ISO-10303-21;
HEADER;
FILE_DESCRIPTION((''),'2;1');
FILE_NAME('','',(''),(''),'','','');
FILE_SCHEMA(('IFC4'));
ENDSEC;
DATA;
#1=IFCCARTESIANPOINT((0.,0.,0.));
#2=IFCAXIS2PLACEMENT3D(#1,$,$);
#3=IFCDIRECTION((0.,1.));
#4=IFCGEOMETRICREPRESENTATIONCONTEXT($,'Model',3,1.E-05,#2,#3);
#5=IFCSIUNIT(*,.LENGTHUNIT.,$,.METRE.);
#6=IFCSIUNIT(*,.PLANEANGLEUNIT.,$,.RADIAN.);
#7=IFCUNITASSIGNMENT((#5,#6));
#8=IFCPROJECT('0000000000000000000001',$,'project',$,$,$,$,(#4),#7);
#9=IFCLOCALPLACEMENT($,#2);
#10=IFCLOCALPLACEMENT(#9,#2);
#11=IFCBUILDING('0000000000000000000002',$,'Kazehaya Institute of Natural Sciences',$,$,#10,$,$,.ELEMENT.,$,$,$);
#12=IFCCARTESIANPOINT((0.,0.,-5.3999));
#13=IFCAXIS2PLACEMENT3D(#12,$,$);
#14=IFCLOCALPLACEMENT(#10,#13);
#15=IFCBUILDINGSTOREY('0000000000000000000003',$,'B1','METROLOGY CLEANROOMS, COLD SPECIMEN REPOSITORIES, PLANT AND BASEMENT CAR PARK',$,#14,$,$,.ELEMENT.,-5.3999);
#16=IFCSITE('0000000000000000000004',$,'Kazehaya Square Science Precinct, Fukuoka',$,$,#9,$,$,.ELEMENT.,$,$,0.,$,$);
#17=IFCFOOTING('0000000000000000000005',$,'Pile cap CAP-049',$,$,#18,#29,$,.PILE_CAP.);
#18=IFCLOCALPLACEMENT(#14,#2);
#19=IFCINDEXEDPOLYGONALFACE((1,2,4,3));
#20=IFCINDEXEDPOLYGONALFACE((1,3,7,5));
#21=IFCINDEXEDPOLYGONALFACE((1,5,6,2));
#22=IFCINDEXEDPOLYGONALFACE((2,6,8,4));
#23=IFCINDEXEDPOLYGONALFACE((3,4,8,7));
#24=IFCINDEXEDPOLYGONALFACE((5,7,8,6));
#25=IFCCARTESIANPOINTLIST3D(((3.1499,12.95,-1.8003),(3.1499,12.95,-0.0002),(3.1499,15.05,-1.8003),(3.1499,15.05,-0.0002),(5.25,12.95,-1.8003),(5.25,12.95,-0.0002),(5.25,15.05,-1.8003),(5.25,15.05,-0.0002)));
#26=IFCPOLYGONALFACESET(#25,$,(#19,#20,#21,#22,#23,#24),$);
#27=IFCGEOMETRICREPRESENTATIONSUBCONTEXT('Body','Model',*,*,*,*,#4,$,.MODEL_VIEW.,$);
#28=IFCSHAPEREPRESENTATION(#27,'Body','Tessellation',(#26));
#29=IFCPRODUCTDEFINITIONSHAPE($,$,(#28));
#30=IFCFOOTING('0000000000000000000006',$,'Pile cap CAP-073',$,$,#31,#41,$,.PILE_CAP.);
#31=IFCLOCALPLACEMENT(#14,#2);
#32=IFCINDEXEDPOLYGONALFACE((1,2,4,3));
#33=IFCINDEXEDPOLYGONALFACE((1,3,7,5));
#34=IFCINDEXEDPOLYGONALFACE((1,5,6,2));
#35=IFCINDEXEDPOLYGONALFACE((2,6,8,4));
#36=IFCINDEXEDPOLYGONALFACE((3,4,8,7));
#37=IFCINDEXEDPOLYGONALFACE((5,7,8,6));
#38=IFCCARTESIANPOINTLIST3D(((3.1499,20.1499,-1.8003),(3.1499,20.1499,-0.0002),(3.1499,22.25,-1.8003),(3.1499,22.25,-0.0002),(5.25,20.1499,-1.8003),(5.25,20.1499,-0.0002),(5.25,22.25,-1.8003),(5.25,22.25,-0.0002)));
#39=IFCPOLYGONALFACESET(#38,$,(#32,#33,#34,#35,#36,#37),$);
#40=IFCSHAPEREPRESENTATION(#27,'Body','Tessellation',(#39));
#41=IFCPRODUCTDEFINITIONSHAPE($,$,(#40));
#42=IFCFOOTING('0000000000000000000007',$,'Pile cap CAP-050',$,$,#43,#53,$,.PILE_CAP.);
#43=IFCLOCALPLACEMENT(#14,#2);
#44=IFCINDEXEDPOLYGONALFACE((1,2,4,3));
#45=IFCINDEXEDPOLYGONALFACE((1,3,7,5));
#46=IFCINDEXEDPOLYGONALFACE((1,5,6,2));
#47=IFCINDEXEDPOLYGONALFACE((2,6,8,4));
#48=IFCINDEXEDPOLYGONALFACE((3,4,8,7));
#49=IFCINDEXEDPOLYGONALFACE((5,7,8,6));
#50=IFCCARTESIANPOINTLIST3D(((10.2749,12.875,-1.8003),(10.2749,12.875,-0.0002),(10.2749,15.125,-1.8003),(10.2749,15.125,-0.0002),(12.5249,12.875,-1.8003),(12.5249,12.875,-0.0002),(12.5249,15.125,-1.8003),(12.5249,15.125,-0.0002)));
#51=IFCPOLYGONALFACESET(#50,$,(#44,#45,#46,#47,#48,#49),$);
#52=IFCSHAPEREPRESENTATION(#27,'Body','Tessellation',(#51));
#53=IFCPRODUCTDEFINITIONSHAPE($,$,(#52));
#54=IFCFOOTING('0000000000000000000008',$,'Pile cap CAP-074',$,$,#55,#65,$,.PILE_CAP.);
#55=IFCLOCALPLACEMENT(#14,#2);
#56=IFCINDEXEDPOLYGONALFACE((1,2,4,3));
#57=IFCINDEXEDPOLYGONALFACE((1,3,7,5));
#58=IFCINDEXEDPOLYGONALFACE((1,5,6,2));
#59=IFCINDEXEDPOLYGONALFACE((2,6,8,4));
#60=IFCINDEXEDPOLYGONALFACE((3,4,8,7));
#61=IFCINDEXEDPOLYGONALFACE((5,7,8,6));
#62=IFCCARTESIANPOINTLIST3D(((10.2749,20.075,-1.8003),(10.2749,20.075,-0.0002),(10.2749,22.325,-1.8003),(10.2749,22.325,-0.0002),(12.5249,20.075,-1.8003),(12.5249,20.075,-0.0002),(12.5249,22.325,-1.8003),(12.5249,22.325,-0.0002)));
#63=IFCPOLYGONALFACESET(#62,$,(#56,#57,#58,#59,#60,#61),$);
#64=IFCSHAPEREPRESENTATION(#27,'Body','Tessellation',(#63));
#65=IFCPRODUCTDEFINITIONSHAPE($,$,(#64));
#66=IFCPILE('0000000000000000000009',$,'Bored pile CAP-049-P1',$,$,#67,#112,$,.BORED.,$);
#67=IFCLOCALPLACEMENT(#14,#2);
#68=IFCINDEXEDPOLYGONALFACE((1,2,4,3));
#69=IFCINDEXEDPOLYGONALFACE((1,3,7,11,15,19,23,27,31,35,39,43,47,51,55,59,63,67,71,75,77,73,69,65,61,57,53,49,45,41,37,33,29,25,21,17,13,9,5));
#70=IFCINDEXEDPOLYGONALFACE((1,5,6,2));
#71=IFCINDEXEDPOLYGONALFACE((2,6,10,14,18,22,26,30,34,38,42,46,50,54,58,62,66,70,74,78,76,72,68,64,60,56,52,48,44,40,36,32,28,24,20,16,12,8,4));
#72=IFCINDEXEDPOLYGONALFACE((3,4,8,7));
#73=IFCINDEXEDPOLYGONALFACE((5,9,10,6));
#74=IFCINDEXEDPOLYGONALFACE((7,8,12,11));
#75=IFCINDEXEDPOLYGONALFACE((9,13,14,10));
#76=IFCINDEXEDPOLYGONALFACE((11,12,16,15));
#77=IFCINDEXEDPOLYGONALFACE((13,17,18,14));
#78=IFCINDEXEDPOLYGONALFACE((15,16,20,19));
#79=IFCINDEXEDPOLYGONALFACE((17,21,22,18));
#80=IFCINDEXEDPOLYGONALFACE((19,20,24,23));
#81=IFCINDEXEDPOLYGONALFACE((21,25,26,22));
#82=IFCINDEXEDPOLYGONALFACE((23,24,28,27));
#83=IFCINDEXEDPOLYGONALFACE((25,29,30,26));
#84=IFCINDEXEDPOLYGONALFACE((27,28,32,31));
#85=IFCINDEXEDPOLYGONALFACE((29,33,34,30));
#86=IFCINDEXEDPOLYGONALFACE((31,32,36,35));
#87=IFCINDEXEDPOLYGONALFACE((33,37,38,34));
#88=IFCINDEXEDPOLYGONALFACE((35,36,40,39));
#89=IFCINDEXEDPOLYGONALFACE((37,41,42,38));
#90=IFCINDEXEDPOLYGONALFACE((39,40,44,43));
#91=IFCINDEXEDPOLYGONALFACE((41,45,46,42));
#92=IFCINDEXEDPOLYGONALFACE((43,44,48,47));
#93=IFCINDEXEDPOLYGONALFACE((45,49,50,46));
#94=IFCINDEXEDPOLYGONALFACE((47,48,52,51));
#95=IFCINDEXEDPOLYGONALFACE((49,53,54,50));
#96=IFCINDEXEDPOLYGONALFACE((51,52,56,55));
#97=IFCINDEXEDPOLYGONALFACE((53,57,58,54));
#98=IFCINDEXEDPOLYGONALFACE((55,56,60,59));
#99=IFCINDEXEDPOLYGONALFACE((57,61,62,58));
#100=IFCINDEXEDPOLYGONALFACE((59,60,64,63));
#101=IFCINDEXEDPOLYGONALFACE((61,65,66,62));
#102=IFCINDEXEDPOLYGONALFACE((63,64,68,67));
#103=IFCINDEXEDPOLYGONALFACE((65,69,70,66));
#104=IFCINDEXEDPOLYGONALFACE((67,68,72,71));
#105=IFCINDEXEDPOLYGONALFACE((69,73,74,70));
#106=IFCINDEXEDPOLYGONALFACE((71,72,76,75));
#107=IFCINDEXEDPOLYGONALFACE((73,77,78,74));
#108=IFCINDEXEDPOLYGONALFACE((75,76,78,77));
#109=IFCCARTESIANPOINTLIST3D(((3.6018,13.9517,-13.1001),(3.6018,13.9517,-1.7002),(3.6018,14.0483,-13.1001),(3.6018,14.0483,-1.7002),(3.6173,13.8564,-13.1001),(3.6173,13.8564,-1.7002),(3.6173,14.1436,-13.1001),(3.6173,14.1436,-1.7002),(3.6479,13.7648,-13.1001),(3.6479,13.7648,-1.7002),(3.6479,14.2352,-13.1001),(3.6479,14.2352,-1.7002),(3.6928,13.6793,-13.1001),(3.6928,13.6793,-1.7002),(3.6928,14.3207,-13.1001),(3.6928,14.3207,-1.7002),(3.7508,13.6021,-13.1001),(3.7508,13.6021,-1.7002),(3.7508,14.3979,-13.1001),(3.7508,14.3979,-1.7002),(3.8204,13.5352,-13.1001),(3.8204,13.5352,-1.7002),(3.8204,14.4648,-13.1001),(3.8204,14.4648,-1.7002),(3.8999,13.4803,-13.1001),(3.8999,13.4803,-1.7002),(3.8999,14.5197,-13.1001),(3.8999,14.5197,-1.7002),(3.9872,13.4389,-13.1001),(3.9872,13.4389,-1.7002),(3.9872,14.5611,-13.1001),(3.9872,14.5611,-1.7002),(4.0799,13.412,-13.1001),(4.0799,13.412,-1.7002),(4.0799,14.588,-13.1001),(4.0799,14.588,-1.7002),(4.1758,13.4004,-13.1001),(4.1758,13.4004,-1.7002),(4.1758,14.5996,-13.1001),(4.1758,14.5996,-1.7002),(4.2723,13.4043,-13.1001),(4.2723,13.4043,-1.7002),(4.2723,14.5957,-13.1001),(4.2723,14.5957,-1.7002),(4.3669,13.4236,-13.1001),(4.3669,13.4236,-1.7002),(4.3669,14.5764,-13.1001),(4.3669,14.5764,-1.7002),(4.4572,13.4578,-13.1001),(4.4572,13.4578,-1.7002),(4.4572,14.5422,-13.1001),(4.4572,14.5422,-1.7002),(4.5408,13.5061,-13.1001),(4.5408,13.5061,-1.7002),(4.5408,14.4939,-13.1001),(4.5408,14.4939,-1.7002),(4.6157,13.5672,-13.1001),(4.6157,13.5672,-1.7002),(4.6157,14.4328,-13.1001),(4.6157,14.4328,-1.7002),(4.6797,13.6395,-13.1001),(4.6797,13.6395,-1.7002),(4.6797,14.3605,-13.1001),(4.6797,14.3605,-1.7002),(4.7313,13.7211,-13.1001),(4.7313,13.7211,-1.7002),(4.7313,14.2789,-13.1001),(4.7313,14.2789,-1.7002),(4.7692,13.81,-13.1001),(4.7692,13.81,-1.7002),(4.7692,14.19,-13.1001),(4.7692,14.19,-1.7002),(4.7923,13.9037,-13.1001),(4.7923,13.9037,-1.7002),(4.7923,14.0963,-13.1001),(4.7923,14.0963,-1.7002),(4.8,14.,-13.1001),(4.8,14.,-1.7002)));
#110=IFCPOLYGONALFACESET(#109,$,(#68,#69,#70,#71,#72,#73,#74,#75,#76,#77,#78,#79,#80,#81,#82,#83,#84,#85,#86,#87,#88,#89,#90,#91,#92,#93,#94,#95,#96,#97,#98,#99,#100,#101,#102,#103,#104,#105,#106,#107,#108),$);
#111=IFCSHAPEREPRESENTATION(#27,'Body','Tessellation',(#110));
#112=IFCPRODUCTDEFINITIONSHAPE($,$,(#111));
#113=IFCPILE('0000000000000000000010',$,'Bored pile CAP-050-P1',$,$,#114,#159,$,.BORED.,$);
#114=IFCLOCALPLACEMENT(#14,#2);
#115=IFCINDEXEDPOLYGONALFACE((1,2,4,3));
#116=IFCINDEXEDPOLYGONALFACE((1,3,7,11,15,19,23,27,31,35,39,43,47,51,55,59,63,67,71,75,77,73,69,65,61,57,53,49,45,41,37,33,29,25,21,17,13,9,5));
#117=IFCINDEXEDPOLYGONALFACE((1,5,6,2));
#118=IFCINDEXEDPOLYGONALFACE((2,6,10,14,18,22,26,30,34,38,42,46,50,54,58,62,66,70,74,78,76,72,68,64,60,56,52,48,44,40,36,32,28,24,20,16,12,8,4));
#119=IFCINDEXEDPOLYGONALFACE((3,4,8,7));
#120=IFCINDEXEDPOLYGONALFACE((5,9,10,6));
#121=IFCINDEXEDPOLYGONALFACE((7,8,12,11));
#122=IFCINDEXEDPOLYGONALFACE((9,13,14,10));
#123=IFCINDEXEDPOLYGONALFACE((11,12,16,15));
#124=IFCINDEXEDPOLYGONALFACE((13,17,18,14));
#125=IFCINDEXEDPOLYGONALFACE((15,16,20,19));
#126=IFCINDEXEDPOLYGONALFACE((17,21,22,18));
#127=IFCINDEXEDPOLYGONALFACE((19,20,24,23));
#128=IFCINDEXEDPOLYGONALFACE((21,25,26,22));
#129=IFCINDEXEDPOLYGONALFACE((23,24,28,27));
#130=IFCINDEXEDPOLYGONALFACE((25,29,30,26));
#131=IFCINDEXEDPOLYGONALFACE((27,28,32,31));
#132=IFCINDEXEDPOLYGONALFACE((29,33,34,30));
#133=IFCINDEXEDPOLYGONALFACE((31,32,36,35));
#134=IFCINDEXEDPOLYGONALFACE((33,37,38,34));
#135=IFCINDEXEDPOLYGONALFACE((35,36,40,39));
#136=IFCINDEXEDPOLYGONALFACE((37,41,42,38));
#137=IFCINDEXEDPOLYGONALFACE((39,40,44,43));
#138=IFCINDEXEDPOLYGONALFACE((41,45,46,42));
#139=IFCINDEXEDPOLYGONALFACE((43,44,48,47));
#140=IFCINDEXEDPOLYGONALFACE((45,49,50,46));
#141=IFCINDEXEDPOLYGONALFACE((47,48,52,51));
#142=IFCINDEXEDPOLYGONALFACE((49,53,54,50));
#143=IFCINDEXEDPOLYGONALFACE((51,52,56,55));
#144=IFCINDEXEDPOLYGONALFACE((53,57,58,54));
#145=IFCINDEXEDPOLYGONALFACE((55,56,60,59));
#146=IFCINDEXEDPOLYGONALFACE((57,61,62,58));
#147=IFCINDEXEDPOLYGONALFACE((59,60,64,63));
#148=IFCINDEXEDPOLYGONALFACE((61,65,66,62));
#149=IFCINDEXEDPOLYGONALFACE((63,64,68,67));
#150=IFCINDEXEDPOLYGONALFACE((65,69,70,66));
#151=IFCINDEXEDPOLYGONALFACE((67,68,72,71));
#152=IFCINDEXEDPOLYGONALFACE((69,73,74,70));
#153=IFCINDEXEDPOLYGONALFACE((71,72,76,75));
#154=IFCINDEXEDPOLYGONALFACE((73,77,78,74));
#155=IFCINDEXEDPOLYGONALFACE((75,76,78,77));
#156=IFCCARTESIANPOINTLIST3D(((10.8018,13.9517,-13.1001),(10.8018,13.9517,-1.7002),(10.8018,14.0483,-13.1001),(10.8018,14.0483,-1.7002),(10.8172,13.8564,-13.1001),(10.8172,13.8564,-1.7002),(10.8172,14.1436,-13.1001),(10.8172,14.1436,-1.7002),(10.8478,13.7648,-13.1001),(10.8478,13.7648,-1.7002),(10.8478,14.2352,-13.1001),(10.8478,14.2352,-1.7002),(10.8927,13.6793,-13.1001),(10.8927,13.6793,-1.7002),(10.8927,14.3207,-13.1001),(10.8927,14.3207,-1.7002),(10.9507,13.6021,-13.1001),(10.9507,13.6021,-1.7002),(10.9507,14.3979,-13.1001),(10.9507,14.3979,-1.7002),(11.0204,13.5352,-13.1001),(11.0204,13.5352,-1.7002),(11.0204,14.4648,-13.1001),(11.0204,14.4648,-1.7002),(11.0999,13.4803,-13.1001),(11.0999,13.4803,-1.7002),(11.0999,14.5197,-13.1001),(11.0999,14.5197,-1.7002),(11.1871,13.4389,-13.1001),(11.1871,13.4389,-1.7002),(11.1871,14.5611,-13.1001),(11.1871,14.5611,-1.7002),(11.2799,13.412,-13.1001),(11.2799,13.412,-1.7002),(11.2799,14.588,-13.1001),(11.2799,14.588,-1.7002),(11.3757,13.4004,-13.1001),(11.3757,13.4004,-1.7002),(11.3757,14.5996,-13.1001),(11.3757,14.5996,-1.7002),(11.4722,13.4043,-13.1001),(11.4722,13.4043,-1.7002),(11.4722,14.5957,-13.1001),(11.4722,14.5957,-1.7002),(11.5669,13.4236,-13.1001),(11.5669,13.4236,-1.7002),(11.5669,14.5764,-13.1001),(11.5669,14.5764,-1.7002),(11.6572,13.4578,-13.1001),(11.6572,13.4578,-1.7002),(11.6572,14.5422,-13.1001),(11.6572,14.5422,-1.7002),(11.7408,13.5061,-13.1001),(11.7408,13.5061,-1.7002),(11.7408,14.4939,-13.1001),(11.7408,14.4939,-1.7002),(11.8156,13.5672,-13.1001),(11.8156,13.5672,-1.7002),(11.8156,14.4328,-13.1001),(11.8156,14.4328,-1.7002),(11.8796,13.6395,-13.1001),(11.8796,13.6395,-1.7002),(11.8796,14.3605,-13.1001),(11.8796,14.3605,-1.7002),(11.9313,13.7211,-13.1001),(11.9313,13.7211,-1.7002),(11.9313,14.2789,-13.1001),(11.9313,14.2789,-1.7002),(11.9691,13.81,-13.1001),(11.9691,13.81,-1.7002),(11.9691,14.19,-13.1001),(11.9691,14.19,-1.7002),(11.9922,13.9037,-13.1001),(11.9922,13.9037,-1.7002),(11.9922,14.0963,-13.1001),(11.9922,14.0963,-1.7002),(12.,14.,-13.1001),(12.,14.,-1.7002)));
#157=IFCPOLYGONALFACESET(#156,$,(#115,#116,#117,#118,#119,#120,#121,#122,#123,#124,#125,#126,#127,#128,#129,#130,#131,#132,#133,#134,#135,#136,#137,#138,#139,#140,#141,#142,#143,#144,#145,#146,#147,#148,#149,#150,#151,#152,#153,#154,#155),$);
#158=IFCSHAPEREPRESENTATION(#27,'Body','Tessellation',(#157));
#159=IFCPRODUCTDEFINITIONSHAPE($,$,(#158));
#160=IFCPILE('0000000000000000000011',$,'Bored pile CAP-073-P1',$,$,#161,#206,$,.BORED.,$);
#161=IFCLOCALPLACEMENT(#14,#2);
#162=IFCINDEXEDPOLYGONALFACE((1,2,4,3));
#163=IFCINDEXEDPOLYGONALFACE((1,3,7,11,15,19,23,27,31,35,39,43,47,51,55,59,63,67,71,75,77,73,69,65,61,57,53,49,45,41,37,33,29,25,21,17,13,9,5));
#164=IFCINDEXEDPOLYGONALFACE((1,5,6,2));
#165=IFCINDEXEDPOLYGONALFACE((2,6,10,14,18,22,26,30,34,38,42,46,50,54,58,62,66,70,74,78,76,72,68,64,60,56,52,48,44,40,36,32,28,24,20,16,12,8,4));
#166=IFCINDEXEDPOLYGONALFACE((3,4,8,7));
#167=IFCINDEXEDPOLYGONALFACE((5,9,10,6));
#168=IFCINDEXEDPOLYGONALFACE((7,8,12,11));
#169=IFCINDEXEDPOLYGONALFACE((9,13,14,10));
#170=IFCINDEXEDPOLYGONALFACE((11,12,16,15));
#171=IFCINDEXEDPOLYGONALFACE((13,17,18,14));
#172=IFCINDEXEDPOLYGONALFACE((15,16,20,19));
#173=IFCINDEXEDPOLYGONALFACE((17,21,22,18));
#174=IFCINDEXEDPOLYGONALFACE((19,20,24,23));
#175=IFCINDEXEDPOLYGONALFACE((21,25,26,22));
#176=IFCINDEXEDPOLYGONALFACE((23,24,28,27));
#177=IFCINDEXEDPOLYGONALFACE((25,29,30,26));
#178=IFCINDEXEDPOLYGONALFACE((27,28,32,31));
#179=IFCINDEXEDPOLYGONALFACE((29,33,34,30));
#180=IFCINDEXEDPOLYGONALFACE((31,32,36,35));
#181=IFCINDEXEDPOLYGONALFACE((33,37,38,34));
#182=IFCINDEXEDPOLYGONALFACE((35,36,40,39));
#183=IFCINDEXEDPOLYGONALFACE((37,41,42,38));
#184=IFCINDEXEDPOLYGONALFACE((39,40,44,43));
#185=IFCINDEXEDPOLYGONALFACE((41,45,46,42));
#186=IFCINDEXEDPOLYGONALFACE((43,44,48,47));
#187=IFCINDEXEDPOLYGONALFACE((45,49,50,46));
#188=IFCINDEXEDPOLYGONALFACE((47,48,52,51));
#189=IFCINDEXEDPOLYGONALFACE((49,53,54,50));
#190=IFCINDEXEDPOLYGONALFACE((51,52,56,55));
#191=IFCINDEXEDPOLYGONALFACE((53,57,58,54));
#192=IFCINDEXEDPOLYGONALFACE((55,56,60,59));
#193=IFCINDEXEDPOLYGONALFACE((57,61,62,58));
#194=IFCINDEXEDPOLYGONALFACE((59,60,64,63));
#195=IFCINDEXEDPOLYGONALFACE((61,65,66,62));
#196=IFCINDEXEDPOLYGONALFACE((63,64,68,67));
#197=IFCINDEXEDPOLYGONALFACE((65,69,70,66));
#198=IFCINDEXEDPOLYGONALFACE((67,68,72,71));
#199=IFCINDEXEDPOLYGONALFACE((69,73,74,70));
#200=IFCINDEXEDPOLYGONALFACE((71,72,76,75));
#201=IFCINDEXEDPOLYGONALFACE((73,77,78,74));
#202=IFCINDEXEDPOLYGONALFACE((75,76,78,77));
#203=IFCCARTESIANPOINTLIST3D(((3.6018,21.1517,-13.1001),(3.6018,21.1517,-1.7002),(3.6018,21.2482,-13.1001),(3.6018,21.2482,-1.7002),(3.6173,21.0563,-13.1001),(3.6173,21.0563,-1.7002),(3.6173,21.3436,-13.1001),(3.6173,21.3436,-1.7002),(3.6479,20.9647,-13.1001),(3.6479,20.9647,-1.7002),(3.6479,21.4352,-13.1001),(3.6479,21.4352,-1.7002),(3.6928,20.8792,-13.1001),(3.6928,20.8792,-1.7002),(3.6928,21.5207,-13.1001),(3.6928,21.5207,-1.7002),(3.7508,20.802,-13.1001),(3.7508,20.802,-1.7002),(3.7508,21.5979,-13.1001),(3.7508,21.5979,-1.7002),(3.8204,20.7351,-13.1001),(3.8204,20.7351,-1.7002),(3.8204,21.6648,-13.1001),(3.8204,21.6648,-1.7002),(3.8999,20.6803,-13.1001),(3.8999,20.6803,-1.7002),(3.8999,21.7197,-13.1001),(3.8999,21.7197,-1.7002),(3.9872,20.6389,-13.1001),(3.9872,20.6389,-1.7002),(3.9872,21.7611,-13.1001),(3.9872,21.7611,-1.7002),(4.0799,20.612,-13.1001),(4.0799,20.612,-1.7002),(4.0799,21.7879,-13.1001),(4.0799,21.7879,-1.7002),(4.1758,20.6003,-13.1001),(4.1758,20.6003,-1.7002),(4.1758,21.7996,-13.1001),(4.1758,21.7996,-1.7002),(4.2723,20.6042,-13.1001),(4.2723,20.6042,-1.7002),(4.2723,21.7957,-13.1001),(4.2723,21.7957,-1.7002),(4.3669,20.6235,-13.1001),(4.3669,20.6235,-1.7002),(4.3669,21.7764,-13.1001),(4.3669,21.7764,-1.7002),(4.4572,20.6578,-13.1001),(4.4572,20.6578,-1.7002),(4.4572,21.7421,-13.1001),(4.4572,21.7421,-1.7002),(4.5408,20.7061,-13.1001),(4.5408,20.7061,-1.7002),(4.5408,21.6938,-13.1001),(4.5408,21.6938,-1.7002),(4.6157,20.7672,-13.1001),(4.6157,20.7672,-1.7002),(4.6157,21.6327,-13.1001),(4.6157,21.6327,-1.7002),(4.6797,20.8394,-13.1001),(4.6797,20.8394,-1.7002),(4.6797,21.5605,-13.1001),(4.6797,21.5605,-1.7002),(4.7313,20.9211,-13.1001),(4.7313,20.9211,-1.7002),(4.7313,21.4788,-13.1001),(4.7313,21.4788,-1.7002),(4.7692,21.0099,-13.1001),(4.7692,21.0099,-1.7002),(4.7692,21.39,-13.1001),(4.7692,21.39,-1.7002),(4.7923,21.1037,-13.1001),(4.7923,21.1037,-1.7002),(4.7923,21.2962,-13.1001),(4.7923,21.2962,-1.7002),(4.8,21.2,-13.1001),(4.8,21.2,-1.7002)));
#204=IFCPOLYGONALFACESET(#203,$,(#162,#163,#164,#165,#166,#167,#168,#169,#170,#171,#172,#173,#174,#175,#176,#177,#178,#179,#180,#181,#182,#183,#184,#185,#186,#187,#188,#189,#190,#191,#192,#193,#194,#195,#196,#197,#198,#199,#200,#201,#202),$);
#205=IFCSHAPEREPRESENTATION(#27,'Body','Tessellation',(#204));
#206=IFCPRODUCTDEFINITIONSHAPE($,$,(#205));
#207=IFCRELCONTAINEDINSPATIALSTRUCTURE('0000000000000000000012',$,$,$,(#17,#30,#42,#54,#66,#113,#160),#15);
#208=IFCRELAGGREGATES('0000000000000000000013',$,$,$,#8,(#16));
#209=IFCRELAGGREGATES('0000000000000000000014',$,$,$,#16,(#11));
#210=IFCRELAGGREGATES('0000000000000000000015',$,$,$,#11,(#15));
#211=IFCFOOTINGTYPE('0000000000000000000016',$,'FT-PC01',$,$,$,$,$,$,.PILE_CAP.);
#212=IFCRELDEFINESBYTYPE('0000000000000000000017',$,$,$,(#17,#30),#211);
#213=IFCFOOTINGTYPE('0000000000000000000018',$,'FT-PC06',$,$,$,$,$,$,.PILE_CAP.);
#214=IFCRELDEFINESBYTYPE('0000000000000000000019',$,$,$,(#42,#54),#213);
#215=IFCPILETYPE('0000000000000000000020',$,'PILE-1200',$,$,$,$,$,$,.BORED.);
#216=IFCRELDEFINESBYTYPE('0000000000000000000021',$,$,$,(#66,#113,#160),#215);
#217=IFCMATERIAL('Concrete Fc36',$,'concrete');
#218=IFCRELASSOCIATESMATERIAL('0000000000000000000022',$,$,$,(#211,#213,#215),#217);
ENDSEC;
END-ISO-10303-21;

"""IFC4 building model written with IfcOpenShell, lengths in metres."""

from ifc_helpers import new_model, si_unit, direction, frame, origin, origin_2d, place, context, subcontext, project, spatial, rectangle, circle, extrude, material, material_profile, profile_set, type_object, element, save


model = new_model("IFC4")

# Units and contexts
model_context = context("Model", 3, precision=1e-05, world=origin(), true_north=direction((0.0, 1.0)))
body_context = subcontext(model_context, "Body", "Model", "MODEL_VIEW")
ifc_project = project(units=[si_unit("LENGTHUNIT", "METRE"), si_unit("PLANEANGLEUNIT", "RADIAN")], contexts=[model_context])

# Site, building, storey
site_placement = place(None, origin())
site = spatial("IfcSite", under=ifc_project, at=site_placement, Name="Kazehaya Square Science Precinct, Fukuoka", CompositionType="ELEMENT", RefElevation=0.0)
building_placement = place(site_placement, origin())
building = spatial("IfcBuilding", under=site, at=building_placement, Name="Kazehaya Institute of Natural Sciences", CompositionType="ELEMENT")
storey_placement = place(building_placement, frame((0.0, 0.0, -5.3999)))
storey = spatial("IfcBuildingStorey", under=building, at=storey_placement, Name="B1", Description="METROLOGY CLEANROOMS, COLD SPECIMEN REPOSITORIES, PLANT AND BASEMENT CAR PARK", CompositionType="ELEMENT", Elevation=-5.3999)

# Footings
ifc_material_1 = material(Name="Concrete Fc36", Category="concrete")
footing_type_1 = type_object("IfcFootingType", Name="FT-PC01", PredefinedType="PILE_CAP", material=ifc_material_1)
for number, where, z_axis, x_axis, name in (
    (1, (4.2, 14.0, -1.8003), (0.0, 0.0, 1.0), (1.0, 0.0, 0.0), "Pile cap CAP-049"),
    (2, (4.2, 21.2, -1.8003), (0.0, 0.0, 1.0), (1.0, 0.0, 0.0), "Pile cap CAP-073"),
):
    element("IfcFooting", number, at=place(storey_placement, frame(where, z_axis=z_axis, x_axis=x_axis)), inside=storey, type_object=footing_type_1, Name=name, PredefinedType="PILE_CAP", context=body_context, shape_type="SweptSolid", body=[
        extrude(rectangle(XDim=2.1001, YDim=2.1001, at=origin_2d()), origin(), (0.0, 0.0, 1.0), 1.8),
    ])
footing_type_2 = type_object("IfcFootingType", Name="FT-PC06", PredefinedType="PILE_CAP", material=ifc_material_1)
for number, where, z_axis, x_axis, name in (
    (3, (11.3999, 14.0, -1.8003), (0.0, 0.0, 1.0), (1.0, 0.0, 0.0), "Pile cap CAP-050"),
    (4, (11.3999, 21.2, -1.8003), (0.0, 0.0, 1.0), (1.0, 0.0, 0.0), "Pile cap CAP-074"),
):
    element("IfcFooting", number, at=place(storey_placement, frame(where, z_axis=z_axis, x_axis=x_axis)), inside=storey, type_object=footing_type_2, Name=name, PredefinedType="PILE_CAP", context=body_context, shape_type="SweptSolid", body=[
        extrude(rectangle(XDim=2.25, YDim=2.25, at=origin_2d()), origin(), (0.0, 0.0, 1.0), 1.8),
    ])

# Piles
ifc_material_profile_1 = material_profile(ifc_material_1, circle(Radius=0.6001, at=origin_2d()), Name="PILE-1200")
ifc_profile_set_1 = profile_set([ifc_material_profile_1], Name="Concrete Fc36")
pile_type = type_object("IfcPileType", Name="PILE-1200", PredefinedType="BORED", material=ifc_profile_set_1)
for number, where, z_axis, x_axis, name in (
    (5, (4.2, 14.0, -1.7002), (0.0, 0.0, -1.0), (1.0, 0.0, 0.0), "Bored pile CAP-049-P1"),
    (6, (11.3999, 14.0, -1.7002), (0.0, 0.0, -1.0), (1.0, 0.0, 0.0), "Bored pile CAP-050-P1"),
    (7, (4.2, 21.2, -1.7002), (0.0, 0.0, -1.0), (1.0, 0.0, 0.0), "Bored pile CAP-073-P1"),
):
    element("IfcPile", number, at=place(storey_placement, frame(where, z_axis=z_axis, x_axis=x_axis)), inside=storey, type_object=pile_type, Name=name, PredefinedType="BORED", context=body_context, shape_type="SweptSolid", body=[
        extrude(circle(Radius=0.6001, at=origin_2d()), origin(), (0.0, 0.0, 1.0), 11.3999),
    ])

save(model, "model.ifc")
